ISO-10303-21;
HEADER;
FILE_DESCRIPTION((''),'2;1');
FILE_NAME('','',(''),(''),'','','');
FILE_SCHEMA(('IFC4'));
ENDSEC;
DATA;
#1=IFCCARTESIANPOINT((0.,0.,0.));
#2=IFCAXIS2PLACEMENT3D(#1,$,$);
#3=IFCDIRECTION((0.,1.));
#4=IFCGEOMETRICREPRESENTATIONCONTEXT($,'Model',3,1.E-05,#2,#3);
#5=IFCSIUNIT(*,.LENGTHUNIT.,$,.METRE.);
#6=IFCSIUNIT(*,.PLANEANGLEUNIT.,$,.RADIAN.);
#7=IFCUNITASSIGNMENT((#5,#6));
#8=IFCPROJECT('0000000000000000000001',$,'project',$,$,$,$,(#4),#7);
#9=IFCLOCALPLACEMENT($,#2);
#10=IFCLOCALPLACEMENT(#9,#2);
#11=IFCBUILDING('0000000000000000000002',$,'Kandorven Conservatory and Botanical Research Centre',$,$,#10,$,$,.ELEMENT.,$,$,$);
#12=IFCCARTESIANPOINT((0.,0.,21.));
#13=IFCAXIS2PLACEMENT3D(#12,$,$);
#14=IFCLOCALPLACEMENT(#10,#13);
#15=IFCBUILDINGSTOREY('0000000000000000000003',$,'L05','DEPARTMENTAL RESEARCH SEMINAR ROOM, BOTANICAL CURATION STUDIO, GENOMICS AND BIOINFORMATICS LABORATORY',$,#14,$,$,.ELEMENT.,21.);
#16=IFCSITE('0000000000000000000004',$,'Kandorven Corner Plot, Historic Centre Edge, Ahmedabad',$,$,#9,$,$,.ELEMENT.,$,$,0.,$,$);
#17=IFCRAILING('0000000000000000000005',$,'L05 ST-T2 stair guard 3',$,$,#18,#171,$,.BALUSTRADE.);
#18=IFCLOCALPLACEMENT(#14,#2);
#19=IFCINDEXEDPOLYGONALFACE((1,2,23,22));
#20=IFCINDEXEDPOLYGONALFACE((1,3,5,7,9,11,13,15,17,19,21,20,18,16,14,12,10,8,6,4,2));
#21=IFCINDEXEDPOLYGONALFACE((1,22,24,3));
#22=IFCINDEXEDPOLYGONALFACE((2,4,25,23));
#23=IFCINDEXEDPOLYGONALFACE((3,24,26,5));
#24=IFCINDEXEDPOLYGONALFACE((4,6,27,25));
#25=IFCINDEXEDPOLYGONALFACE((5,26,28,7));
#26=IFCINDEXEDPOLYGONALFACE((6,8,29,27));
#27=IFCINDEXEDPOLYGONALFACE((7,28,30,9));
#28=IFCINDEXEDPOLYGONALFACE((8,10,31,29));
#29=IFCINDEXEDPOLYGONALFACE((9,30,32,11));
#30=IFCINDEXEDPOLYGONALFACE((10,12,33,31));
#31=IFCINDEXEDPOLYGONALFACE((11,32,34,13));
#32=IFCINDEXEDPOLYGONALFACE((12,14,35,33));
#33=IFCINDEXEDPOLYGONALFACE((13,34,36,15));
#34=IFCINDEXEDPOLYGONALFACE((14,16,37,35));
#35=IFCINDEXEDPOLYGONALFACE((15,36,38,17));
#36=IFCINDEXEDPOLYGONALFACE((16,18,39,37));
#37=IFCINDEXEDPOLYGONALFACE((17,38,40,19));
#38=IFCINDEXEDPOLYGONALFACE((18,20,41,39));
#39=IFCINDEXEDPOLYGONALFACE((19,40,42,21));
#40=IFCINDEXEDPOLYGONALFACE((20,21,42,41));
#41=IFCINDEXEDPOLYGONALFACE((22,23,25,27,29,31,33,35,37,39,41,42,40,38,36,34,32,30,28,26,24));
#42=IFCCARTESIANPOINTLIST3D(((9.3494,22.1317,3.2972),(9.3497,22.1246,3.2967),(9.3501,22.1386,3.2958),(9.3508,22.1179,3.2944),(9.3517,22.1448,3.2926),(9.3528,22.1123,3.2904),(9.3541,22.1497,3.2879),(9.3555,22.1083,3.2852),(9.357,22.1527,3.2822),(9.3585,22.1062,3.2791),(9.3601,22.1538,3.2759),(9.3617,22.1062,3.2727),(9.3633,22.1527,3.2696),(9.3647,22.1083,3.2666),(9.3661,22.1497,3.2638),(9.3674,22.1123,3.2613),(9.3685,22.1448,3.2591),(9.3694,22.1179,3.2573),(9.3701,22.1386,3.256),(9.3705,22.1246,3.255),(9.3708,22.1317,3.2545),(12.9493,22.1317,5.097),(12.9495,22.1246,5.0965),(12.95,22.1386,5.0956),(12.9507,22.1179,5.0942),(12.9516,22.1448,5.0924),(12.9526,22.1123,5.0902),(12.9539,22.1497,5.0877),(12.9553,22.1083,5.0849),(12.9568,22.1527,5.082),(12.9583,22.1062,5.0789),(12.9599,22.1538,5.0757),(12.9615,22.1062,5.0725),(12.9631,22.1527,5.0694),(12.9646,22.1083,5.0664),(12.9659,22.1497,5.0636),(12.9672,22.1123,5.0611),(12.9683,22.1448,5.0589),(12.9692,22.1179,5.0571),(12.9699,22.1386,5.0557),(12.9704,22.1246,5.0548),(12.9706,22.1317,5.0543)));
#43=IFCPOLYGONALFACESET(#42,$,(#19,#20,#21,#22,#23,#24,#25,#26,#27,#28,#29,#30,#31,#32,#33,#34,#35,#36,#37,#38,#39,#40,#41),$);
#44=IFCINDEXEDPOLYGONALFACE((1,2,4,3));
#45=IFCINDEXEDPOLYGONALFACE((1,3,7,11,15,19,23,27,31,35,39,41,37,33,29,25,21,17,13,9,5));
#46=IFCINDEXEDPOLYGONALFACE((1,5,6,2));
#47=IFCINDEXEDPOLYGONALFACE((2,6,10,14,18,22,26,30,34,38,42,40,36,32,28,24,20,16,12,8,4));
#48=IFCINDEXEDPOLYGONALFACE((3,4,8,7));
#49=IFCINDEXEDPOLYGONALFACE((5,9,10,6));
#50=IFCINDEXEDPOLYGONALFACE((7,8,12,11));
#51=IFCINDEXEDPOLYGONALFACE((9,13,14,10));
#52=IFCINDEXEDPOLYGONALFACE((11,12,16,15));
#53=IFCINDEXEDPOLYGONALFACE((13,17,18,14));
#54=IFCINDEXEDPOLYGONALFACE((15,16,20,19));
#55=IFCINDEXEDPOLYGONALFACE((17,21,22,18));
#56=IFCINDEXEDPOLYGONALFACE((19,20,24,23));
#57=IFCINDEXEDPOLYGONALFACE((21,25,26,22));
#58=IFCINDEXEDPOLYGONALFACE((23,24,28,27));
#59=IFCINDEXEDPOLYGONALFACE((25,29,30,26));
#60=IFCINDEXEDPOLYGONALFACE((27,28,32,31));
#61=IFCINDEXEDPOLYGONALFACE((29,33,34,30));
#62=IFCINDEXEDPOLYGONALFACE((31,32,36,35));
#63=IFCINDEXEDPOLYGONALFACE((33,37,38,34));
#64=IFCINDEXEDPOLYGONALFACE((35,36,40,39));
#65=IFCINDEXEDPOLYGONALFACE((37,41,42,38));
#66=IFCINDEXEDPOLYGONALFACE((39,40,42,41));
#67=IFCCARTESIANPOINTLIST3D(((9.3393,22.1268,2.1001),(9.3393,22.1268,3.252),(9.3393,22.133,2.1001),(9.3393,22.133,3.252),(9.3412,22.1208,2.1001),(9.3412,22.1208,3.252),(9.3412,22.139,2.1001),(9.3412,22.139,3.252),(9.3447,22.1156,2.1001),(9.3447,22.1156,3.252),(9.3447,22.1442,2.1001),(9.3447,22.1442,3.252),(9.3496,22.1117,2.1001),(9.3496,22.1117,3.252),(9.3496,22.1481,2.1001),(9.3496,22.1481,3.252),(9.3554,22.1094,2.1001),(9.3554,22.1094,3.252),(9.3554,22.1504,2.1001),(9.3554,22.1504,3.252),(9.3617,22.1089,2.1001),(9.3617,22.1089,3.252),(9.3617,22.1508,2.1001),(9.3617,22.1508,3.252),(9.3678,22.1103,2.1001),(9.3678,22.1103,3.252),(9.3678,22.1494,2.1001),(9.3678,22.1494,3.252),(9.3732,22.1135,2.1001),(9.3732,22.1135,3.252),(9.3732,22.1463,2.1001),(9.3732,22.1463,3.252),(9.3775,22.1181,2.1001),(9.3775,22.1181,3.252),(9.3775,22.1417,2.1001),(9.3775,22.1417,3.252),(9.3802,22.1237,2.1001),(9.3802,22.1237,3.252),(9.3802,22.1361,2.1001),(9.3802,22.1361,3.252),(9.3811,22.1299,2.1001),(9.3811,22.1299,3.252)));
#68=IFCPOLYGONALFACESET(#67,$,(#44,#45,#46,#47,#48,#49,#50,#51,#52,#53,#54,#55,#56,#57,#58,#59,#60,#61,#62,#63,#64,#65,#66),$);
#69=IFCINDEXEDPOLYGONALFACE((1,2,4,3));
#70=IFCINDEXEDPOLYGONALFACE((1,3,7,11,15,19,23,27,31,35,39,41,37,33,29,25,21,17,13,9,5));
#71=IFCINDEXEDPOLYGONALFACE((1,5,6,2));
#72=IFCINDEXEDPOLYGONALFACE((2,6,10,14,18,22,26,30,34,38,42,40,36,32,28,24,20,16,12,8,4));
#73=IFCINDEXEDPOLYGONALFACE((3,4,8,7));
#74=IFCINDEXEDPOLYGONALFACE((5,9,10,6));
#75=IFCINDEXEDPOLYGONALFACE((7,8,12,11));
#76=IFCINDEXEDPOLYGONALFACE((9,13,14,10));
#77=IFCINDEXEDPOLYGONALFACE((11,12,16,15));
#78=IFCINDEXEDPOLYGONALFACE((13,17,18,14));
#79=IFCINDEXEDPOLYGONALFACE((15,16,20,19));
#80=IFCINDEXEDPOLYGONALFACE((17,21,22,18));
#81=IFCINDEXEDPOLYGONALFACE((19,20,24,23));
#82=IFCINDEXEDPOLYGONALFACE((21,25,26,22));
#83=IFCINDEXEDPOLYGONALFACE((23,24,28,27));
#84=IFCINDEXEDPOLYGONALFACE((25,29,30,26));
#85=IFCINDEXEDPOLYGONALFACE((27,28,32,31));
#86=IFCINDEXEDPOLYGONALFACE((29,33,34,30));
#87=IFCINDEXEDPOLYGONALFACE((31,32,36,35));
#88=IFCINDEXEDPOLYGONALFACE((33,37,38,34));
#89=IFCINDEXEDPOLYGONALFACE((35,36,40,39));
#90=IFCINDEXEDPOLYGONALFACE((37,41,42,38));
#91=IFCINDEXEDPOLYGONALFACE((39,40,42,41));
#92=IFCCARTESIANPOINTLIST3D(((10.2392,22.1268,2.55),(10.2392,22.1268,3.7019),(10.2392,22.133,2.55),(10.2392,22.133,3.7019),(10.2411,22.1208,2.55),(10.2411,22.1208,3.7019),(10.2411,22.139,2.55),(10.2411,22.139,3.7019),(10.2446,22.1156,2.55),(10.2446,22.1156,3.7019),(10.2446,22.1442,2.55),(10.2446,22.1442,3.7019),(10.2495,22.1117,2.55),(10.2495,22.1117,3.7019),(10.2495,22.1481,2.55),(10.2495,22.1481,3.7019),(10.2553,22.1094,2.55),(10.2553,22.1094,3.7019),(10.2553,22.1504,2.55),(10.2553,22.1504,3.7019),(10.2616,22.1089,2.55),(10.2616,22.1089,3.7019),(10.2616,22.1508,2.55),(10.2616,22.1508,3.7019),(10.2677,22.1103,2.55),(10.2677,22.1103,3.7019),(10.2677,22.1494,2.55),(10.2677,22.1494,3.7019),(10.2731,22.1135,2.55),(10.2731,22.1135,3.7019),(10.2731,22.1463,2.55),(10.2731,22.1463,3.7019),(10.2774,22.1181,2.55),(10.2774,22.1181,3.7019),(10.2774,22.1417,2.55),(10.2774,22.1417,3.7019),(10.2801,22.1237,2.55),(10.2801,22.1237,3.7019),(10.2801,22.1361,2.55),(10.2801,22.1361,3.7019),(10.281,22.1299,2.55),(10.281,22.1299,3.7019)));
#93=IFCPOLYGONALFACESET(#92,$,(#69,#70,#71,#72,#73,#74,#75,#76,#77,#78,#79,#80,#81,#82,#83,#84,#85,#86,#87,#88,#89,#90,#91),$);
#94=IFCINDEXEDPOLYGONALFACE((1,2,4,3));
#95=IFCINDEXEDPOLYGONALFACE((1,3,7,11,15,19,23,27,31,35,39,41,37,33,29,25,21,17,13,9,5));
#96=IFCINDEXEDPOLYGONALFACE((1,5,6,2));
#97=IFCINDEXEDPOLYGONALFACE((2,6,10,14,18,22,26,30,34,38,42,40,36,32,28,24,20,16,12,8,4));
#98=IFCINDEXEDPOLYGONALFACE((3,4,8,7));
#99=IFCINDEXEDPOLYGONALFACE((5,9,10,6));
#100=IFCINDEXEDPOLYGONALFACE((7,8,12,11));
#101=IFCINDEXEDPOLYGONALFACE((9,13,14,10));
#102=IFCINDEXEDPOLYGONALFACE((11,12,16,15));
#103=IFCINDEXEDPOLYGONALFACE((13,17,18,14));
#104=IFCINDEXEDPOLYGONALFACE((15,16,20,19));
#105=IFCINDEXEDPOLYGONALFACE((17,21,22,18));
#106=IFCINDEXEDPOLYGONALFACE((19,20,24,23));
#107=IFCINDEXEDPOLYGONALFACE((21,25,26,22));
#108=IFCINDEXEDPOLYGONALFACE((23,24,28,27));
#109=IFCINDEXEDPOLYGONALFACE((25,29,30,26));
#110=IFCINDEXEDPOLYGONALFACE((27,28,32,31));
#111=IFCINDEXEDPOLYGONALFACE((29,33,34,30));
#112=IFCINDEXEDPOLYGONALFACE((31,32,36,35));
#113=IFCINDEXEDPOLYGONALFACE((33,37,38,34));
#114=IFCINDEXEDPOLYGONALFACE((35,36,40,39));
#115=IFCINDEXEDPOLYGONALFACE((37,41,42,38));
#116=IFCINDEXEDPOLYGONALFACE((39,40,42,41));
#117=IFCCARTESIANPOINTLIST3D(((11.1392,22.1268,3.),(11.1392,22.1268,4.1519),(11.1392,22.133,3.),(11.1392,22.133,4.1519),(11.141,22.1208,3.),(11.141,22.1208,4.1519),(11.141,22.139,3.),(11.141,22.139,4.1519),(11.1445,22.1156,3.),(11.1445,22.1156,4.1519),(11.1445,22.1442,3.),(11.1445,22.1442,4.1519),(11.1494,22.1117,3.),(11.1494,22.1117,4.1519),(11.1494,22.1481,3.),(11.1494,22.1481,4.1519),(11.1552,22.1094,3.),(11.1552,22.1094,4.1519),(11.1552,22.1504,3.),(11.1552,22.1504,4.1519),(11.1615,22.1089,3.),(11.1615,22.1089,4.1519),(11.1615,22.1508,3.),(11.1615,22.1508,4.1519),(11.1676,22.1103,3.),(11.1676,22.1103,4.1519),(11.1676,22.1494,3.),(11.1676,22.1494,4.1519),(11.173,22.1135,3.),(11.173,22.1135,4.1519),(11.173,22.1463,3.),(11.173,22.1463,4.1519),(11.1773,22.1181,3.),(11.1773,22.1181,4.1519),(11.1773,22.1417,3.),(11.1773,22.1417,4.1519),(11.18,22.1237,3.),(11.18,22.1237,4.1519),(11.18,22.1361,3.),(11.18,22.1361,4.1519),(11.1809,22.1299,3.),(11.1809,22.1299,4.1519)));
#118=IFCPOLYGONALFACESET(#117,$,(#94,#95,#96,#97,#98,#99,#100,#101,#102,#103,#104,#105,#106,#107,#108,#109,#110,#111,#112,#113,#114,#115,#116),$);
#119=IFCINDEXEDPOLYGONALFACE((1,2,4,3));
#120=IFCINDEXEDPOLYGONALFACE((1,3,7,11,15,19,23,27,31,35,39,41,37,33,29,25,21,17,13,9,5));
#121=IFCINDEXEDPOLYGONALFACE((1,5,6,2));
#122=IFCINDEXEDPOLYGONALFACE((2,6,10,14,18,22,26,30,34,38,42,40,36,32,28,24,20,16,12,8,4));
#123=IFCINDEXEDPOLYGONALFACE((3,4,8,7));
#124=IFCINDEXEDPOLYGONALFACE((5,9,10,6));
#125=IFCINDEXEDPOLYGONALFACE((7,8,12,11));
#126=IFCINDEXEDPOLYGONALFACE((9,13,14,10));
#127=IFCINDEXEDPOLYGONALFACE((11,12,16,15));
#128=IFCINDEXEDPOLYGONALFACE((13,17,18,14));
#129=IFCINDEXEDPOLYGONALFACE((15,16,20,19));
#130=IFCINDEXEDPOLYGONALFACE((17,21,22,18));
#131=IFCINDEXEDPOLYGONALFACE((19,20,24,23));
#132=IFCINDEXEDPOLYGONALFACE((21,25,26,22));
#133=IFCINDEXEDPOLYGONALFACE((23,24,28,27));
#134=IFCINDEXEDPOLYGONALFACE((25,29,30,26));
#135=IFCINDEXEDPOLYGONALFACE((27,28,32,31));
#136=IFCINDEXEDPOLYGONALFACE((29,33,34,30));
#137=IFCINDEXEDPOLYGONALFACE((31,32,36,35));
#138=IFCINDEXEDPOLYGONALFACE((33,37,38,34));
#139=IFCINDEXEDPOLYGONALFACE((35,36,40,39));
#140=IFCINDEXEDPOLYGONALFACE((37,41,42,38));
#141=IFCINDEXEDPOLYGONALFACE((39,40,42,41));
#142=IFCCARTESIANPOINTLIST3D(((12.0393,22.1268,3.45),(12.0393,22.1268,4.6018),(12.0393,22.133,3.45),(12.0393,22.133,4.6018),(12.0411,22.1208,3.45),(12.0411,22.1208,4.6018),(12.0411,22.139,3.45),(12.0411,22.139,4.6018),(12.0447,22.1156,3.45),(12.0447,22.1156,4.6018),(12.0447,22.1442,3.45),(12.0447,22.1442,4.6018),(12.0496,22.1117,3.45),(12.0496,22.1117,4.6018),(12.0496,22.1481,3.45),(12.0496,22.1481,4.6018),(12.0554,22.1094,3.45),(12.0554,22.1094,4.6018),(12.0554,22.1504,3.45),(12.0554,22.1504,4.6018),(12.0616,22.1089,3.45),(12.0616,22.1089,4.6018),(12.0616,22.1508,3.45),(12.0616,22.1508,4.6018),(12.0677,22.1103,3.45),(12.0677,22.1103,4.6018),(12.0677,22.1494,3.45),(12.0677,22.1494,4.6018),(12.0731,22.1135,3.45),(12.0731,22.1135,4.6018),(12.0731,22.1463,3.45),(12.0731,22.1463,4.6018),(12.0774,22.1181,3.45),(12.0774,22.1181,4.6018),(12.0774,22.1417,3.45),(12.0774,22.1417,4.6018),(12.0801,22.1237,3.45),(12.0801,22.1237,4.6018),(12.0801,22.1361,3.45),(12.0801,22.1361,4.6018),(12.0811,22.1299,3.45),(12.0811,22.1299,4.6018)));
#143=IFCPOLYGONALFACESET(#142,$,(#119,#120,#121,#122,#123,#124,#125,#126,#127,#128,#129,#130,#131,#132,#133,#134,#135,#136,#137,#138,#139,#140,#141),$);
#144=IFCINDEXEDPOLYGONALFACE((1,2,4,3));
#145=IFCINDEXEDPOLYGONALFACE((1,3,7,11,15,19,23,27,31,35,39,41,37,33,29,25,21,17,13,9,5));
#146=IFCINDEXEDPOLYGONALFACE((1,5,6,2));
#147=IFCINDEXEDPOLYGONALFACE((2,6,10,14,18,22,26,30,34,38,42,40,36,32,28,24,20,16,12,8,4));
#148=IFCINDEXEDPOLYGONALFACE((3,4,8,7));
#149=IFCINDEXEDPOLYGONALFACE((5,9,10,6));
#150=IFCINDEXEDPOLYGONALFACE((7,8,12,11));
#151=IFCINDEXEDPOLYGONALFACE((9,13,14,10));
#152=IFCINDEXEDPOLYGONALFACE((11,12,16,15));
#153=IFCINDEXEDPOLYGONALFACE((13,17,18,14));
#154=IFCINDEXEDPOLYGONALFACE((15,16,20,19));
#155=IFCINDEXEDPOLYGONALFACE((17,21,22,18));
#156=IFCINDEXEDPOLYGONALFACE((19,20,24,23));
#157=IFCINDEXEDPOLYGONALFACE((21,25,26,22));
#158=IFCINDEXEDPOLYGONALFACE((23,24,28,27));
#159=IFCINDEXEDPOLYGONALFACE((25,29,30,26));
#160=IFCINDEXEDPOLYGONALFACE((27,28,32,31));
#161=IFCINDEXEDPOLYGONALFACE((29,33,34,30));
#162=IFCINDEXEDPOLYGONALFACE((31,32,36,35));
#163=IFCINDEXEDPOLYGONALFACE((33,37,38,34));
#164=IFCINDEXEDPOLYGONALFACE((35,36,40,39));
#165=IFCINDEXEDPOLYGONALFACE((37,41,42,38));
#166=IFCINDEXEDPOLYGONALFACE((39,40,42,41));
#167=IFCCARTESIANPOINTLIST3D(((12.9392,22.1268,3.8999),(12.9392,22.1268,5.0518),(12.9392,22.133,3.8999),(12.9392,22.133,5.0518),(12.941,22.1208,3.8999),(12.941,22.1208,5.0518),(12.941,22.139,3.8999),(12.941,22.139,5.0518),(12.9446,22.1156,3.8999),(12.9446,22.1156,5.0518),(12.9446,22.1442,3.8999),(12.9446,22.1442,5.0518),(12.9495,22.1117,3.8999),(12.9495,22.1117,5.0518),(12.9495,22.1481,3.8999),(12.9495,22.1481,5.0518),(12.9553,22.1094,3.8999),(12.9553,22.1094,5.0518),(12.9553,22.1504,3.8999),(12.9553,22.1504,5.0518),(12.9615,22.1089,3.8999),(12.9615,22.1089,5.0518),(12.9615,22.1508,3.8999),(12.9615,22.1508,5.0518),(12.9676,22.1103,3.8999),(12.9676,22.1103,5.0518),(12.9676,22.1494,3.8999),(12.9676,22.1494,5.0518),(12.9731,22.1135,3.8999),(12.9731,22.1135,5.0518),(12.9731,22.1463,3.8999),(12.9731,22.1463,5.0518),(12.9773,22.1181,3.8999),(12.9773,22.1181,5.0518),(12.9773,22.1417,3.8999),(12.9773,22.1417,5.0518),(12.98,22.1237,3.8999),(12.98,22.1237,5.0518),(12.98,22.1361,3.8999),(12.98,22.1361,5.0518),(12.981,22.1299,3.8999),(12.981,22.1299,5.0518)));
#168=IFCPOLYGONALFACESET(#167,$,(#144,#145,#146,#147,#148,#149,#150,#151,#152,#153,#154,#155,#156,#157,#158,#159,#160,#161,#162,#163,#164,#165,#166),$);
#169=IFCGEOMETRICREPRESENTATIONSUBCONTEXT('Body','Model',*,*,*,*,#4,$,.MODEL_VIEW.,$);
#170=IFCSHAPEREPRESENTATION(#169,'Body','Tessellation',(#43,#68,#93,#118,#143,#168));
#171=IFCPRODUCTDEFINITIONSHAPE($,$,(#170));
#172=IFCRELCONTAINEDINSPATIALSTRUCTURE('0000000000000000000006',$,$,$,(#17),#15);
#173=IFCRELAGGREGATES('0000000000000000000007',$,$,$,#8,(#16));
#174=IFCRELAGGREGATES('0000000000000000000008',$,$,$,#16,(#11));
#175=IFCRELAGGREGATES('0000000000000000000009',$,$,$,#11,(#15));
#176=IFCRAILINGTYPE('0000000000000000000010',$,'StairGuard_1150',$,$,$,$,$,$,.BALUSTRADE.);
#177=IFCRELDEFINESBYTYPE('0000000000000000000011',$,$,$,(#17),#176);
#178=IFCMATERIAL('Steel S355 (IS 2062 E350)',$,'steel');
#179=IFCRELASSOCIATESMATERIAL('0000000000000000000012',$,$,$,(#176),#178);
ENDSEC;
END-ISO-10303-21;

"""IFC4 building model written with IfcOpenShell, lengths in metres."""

from ifc_helpers import new_model, si_unit, direction, frame, origin, origin_2d, place, context, subcontext, project, spatial, circle, extrude, material, type_object, element, save


model = new_model("IFC4")

# Units and contexts
model_context = context("Model", 3, precision=1e-05, world=origin(), true_north=direction((0.0, 1.0)))
body_context = subcontext(model_context, "Body", "Model", "MODEL_VIEW")
ifc_project = project(units=[si_unit("LENGTHUNIT", "METRE"), si_unit("PLANEANGLEUNIT", "RADIAN")], contexts=[model_context])

# Site, building, storey
site_placement = place(None, origin())
site = spatial("IfcSite", under=ifc_project, at=site_placement, Name="Kandorven Corner Plot, Historic Centre Edge, Ahmedabad", CompositionType="ELEMENT", RefElevation=0.0)
building_placement = place(site_placement, origin())
building = spatial("IfcBuilding", under=site, at=building_placement, Name="Kandorven Conservatory and Botanical Research Centre", CompositionType="ELEMENT")
storey_placement = place(building_placement, frame((0.0, 0.0, 21.0)))
storey = spatial("IfcBuildingStorey", under=building, at=storey_placement, Name="L05", Description="DEPARTMENTAL RESEARCH SEMINAR ROOM, BOTANICAL CURATION STUDIO, GENOMICS AND BIOINFORMATICS LABORATORY", CompositionType="ELEMENT", Elevation=21.0)

# Railing
ifc_material_1 = material(Name="Steel S355 (IS 2062 E350)", Category="steel")
railing_type_1 = type_object("IfcRailingType", Name="StairGuard_1150", PredefinedType="BALUSTRADE", material=ifc_material_1)
railing_1_placement = place(storey_placement, frame((9.3601, 22.1299, 2.1001)))
element("IfcRailing", 1, at=railing_1_placement, inside=storey, type_object=railing_type_1, Name="L05 ST-T2 stair guard 3", PredefinedType="BALUSTRADE", context=body_context, shape_type="SweptSolid", body=[
    extrude(circle(Radius=0.0239, at=origin_2d()), frame((0.0, 0.0, 1.1758), z_axis=(0.894439, 0.0, 0.447189), x_axis=(0.0, 1.0, 0.0)), (0.0, 0.0, 1.0), 4.0247),
    extrude(circle(Radius=0.021, at=origin_2d()), origin(), (0.0, 0.0, 1.0), 1.1519),
    extrude(circle(Radius=0.021, at=origin_2d()), frame((0.8999, 0.0, 0.45)), (0.0, 0.0, 1.0), 1.1519),
    extrude(circle(Radius=0.021, at=origin_2d()), frame((1.7998, 0.0, 0.8999)), (0.0, 0.0, 1.0), 1.1519),
    extrude(circle(Radius=0.021, at=origin_2d()), frame((2.7, 0.0, 1.3499)), (0.0, 0.0, 1.0), 1.1519),
    extrude(circle(Radius=0.021, at=origin_2d()), frame((3.5999, 0.0, 1.7998)), (0.0, 0.0, 1.0), 1.1519),
])

save(model, "model.ifc")
